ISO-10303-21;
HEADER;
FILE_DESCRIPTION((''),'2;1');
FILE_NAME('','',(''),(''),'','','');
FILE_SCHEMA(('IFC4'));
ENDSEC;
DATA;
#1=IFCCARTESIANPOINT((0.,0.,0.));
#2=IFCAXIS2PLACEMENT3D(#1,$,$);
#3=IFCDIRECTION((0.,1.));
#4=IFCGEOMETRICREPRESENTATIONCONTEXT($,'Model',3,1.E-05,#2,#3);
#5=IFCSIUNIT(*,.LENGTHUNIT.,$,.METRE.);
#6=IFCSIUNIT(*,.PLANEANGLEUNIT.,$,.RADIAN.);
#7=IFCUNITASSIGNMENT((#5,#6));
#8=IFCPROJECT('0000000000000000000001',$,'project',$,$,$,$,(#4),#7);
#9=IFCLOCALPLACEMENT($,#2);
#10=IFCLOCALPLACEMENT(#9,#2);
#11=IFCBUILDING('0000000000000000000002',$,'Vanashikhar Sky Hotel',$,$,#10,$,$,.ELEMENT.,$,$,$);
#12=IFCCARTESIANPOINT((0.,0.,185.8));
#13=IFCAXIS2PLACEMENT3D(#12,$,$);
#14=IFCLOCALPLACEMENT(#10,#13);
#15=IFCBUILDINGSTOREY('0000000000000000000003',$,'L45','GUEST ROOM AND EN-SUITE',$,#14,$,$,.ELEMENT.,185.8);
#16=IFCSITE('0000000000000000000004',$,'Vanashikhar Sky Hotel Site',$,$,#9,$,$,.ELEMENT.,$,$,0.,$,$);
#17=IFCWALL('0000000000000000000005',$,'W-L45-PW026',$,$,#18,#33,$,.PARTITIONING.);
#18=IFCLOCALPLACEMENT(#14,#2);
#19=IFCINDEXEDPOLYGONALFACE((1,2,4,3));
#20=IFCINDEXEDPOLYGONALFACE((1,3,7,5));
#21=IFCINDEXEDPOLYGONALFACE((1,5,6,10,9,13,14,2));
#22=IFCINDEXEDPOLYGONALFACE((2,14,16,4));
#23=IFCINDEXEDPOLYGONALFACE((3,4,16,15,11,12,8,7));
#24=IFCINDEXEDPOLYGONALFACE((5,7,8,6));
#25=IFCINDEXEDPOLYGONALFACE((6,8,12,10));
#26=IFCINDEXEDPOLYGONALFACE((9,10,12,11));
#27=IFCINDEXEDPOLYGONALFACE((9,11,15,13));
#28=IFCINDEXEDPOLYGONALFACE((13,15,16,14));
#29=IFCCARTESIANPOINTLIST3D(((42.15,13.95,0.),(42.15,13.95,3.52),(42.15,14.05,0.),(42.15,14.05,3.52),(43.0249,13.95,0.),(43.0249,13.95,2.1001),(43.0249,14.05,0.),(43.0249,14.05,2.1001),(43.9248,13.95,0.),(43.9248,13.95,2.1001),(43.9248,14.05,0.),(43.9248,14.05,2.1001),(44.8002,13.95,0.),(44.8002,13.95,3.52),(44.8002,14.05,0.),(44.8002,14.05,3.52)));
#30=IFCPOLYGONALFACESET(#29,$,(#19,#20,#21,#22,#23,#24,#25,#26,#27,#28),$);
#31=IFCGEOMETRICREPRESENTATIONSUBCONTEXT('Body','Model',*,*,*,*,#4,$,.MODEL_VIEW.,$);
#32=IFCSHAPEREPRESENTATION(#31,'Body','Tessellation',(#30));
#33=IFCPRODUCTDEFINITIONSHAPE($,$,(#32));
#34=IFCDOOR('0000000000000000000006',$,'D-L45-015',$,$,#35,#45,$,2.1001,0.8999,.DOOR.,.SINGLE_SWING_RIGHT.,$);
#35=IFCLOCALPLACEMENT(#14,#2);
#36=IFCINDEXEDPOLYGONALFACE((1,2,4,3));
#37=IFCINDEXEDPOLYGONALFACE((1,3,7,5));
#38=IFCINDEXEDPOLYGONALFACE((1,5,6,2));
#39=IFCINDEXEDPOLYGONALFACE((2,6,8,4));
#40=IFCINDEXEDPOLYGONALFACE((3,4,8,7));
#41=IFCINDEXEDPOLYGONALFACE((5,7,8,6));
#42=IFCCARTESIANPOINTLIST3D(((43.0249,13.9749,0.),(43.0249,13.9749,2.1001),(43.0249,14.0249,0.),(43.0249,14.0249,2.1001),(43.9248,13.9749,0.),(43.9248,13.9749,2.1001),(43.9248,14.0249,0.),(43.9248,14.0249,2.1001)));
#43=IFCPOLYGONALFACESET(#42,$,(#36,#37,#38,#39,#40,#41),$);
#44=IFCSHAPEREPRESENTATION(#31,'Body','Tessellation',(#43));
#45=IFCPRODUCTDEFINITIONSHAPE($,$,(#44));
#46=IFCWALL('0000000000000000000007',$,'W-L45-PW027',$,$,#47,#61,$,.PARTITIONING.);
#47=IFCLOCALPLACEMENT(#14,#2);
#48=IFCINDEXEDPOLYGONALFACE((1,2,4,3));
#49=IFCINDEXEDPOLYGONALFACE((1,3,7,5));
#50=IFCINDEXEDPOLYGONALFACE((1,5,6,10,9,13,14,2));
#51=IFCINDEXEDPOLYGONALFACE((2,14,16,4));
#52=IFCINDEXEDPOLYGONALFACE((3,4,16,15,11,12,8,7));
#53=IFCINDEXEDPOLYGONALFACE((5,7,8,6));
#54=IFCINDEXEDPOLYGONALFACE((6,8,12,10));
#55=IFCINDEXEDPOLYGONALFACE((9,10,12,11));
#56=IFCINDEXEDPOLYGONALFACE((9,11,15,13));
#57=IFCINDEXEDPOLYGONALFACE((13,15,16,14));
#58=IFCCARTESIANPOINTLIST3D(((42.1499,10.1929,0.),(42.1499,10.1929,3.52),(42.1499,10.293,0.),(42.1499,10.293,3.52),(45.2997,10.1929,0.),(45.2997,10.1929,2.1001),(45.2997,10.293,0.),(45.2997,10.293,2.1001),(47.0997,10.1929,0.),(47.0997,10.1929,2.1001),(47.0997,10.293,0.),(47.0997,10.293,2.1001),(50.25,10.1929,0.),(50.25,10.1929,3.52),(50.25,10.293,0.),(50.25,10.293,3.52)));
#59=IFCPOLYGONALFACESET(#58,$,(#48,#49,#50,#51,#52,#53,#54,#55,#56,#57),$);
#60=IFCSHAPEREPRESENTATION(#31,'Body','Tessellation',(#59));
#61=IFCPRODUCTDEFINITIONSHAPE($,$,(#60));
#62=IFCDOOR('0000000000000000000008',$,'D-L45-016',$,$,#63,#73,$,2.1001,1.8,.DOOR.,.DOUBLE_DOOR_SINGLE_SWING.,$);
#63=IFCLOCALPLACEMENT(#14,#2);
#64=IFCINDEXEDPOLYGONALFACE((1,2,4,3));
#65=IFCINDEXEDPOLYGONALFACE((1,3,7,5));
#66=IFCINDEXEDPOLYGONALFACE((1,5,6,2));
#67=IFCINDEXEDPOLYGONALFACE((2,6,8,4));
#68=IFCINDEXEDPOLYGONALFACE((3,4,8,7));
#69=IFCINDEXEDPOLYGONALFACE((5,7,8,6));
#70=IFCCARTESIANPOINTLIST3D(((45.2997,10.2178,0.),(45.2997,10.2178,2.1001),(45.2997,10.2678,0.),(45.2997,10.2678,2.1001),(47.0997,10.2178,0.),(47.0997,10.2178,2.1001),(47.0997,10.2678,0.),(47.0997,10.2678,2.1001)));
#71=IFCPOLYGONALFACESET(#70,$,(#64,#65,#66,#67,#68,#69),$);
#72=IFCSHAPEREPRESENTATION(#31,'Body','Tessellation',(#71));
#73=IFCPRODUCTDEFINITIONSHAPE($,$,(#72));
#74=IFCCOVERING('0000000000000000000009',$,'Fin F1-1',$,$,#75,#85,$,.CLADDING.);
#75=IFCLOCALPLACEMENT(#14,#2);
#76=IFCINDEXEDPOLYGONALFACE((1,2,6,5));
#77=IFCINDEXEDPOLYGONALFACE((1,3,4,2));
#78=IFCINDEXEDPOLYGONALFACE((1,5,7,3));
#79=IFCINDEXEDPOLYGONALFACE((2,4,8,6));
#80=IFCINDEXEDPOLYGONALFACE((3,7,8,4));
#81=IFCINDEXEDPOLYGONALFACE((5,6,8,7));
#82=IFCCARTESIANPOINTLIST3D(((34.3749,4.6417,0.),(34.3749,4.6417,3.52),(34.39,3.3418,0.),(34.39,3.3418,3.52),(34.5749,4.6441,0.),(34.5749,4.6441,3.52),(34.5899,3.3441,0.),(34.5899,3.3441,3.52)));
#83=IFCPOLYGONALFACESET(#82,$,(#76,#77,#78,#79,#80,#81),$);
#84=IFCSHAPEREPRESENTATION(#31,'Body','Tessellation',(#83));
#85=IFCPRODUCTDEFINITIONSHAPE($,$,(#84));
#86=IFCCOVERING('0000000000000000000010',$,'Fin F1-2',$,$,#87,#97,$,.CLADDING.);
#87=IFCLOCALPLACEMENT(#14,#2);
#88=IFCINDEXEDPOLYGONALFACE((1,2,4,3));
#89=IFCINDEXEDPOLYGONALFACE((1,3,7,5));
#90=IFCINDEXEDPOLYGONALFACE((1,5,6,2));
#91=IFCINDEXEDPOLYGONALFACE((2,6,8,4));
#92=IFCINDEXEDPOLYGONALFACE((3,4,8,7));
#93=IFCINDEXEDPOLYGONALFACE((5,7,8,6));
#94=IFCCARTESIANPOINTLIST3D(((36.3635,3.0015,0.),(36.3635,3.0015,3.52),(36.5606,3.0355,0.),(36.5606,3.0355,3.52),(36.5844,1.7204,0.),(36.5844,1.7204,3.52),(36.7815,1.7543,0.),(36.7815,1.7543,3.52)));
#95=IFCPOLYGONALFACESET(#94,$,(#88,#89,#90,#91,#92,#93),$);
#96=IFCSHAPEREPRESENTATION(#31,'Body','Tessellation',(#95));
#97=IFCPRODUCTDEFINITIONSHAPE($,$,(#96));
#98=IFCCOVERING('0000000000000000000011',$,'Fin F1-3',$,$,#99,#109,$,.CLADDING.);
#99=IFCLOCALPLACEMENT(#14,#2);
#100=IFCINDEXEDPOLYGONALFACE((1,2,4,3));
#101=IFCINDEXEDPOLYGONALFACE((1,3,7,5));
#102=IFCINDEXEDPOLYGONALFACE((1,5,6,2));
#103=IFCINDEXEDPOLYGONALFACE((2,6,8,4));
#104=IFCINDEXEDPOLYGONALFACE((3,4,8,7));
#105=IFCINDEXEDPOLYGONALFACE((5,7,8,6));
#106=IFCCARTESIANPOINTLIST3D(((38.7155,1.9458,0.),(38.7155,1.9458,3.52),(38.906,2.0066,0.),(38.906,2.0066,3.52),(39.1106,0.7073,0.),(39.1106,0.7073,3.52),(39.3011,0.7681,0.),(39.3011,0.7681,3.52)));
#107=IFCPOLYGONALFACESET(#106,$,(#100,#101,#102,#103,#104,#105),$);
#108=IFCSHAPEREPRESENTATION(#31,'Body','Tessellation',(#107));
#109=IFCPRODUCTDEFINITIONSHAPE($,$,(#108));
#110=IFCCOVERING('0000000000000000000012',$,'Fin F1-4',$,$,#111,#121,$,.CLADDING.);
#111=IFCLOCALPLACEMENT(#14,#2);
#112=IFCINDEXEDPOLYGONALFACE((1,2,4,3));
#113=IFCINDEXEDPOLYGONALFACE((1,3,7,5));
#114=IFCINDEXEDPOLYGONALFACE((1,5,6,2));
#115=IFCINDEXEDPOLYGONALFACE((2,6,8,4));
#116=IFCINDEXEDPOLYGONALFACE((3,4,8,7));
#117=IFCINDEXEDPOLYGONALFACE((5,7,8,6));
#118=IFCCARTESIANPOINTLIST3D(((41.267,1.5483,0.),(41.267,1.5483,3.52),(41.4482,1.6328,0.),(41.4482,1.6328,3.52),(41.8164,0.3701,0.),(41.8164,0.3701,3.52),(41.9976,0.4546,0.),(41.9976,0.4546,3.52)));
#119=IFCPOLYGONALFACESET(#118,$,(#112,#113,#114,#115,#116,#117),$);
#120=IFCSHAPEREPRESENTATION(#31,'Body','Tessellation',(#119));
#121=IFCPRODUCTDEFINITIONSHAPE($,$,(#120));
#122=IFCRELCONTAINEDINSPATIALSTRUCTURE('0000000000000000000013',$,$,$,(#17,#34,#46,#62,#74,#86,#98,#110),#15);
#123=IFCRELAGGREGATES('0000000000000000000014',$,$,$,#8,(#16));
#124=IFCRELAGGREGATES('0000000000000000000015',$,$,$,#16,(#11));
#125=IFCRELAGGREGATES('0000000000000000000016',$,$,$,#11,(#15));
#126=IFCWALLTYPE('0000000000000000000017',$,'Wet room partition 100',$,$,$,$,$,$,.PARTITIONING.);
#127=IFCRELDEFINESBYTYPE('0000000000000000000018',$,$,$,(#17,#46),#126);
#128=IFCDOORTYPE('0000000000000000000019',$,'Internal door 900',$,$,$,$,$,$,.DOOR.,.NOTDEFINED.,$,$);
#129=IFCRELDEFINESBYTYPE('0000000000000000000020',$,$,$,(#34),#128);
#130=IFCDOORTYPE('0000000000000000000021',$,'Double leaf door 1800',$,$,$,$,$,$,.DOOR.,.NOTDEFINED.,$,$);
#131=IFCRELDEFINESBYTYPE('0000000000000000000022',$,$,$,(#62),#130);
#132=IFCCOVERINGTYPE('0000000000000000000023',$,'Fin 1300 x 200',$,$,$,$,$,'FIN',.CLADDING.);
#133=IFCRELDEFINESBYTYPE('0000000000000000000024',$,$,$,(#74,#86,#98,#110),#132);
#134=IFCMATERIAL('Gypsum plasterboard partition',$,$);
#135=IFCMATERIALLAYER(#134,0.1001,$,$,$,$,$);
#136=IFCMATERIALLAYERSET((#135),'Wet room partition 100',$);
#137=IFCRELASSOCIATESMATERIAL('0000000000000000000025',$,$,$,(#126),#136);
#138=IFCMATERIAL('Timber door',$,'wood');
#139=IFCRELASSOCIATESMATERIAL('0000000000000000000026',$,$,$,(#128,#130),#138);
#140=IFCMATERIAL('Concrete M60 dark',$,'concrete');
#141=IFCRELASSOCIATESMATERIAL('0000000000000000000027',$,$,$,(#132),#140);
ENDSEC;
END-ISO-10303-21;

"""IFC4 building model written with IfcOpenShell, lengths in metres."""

from ifc_helpers import new_model, si_unit, direction, frame, frame_2d, origin, origin_2d, place, context, subcontext, project, spatial, rectangle, extrude, source, transform, mapped, material, layer, layer_set, material_profile, profile_set, type_object, element, fill, save


model = new_model("IFC4")

# Units and contexts
model_context = context("Model", 3, precision=1e-05, world=origin(), true_north=direction((0.0, 1.0)))
body_context = subcontext(model_context, "Body", "Model", "MODEL_VIEW")
ifc_project = project(units=[si_unit("LENGTHUNIT", "METRE"), si_unit("PLANEANGLEUNIT", "RADIAN")], contexts=[model_context])

# Site, building, storey
site_placement = place(None, origin())
site = spatial("IfcSite", under=ifc_project, at=site_placement, Name="Vanashikhar Sky Hotel Site", CompositionType="ELEMENT", RefElevation=0.0)
building_placement = place(site_placement, origin())
building = spatial("IfcBuilding", under=site, at=building_placement, Name="Vanashikhar Sky Hotel", CompositionType="ELEMENT")
storey_placement = place(building_placement, frame((0.0, 0.0, 185.8)))
storey = spatial("IfcBuildingStorey", under=building, at=storey_placement, Name="L45", Description="GUEST ROOM AND EN-SUITE", CompositionType="ELEMENT", Elevation=185.8)

# Shared definitions
ifc_material_1 = material(Name="Gypsum plasterboard partition")

# Shared definitions
ifc_layer_1 = layer(ifc_material_1, 0.1001)
ifc_layer_set_1 = layer_set([ifc_layer_1], Name="Wet room partition 100")
wall_type_1 = type_object("IfcWallType", Name="Wet room partition 100", PredefinedType="PARTITIONING", material=ifc_layer_set_1)
shared_shape_1 = source(origin(), body_context, "Body", "SweptSolid", [
    extrude(rectangle(XDim=0.8999, YDim=2.1001, at=frame_2d((0.45, 1.05))), frame((0.0, 0.0601, 0.0), z_axis=(0.0, -1.0, 0.0), x_axis=(1.0, 0.0, 0.0)), (0.0, 0.0, 1.0), 0.1201),
])
ifc_material_2 = material(Name="Timber door", Category="wood")
door_type_1 = type_object("IfcDoorType", Name="Internal door 900", OperationType="NOTDEFINED", PredefinedType="DOOR", material=ifc_material_2)
shared_shape_2 = source(origin(), body_context, "Body", "SweptSolid", [
    extrude(rectangle(XDim=0.8999, YDim=2.1001, at=frame_2d((0.45, 1.05))), frame((0.0, 0.0249, 0.0), z_axis=(0.0, -1.0, 0.0), x_axis=(1.0, 0.0, 0.0)), (0.0, 0.0, 1.0), 0.05),
])

# Walls, openings, doors
shared_shape_3 = source(origin(), body_context, "Body", "SweptSolid", [
    extrude(rectangle(XDim=2.6501, YDim=0.1001, at=frame_2d((1.3252, 0.0))), origin(), (0.0, 0.0, 1.0), 3.52),
])
wall_1_placement = place(storey_placement, frame((42.1499, 14.0, 0.0), z_axis=(0.0, 0.0, 1.0), x_axis=(1.0, 0.0, 0.0)))
wall_1 = element("IfcWall", 1, at=wall_1_placement, inside=storey, type_object=wall_type_1, Name="W-L45-PW026", PredefinedType="PARTITIONING", context=body_context, shape_type="MappedRepresentation", body=[
    mapped(shared_shape_3, transform((0.0, 0.0, 0.0), scale=1.0)),
])
opening_1_placement = place(wall_1_placement, frame((0.875, 0.0, 0.0)))
opening_1 = element("IfcOpeningElement", 2, at=opening_1_placement, cuts=wall_1, PredefinedType="OPENING", context=body_context, shape_type="MappedRepresentation", body=[
    mapped(shared_shape_1, transform((0.0, 0.0, 0.0), scale=1.0)),
])
door_1_placement = place(opening_1_placement, origin())
door_1 = element("IfcDoor", 3, at=door_1_placement, inside=storey, type_object=door_type_1, Name="D-L45-015", OperationType="SINGLE_SWING_RIGHT", OverallHeight=2.1001, OverallWidth=0.8999, PredefinedType="DOOR", context=body_context, shape_type="MappedRepresentation", body=[
    mapped(shared_shape_2, transform((0.0, 0.0, 0.0), scale=1.0)),
])
fill(opening_1, door_1)
shared_shape_4 = source(origin(), body_context, "Body", "SweptSolid", [
    extrude(rectangle(XDim=8.1001, YDim=0.1001, at=frame_2d((4.05, 0.0))), origin(), (0.0, 0.0, 1.0), 3.52),
])
wall_2_placement = place(storey_placement, frame((42.1499, 10.2429, 0.0), z_axis=(0.0, 0.0, 1.0), x_axis=(1.0, 0.0, 0.0)))
wall_2 = element("IfcWall", 4, at=wall_2_placement, inside=storey, type_object=wall_type_1, Name="W-L45-PW027", PredefinedType="PARTITIONING", context=body_context, shape_type="MappedRepresentation", body=[
    mapped(shared_shape_4, transform((0.0, 0.0, 0.0), scale=1.0)),
])
shared_shape_5 = source(origin(), body_context, "Body", "SweptSolid", [
    extrude(rectangle(XDim=1.8, YDim=2.1001, at=frame_2d((0.8999, 1.05))), frame((0.0, 0.0601, 0.0), z_axis=(0.0, -1.0, 0.0), x_axis=(1.0, 0.0, 0.0)), (0.0, 0.0, 1.0), 0.1201),
])
opening_2_placement = place(wall_2_placement, frame((3.1499, 0.0, 0.0)))
opening_2 = element("IfcOpeningElement", 5, at=opening_2_placement, cuts=wall_2, PredefinedType="OPENING", context=body_context, shape_type="MappedRepresentation", body=[
    mapped(shared_shape_5, transform((0.0, 0.0, 0.0), scale=1.0)),
])
door_type_2 = type_object("IfcDoorType", Name="Double leaf door 1800", OperationType="NOTDEFINED", PredefinedType="DOOR", material=ifc_material_2)
shared_shape_6 = source(origin(), body_context, "Body", "SweptSolid", [
    extrude(rectangle(XDim=1.8, YDim=2.1001, at=frame_2d((0.8999, 1.05))), frame((0.0, 0.0249, 0.0), z_axis=(0.0, -1.0, 0.0), x_axis=(1.0, 0.0, 0.0)), (0.0, 0.0, 1.0), 0.05),
])
door_2_placement = place(opening_2_placement, origin())
door_2 = element("IfcDoor", 6, at=door_2_placement, inside=storey, type_object=door_type_2, Name="D-L45-016", OperationType="DOUBLE_DOOR_SINGLE_SWING", OverallHeight=2.1001, OverallWidth=1.8, PredefinedType="DOOR", context=body_context, shape_type="MappedRepresentation", body=[
    mapped(shared_shape_6, transform((0.0, 0.0, 0.0), scale=1.0)),
])
fill(opening_2, door_2)

# Coverings
ifc_material_3 = material(Name="Concrete M60 dark", Category="concrete")
ifc_material_profile_1 = material_profile(ifc_material_3, rectangle(XDim=1.3, YDim=0.2, at=origin_2d()))
ifc_profile_set_1 = profile_set([ifc_material_profile_1], Name="Fin 1300 x 200")
covering_type = type_object("IfcCoveringType", Name="Fin 1300 x 200", ElementType="FIN", PredefinedType="CLADDING", material=ifc_profile_set_1)
shared_shape_7 = source(origin(), body_context, "Body", "SweptSolid", [
    extrude(rectangle(XDim=1.3, YDim=0.2, at=origin_2d()), origin(), (0.0, 0.0, 1.0), 3.52),
])
for number, where, z_axis, x_axis, name in (
    (7, (34.4824, 3.9929, 0.0), (0.0, 0.0, 1.0), (0.011589, -0.999933, 0.0), "Fin F1-1"),
    (8, (36.5725, 2.3779, 0.0), (0.0, 0.0, 1.0), (0.1699, -0.985461, 0.0), "Fin F1-2"),
    (9, (39.0083, 1.3569, 0.0), (0.0, 0.0, 1.0), (0.303967, -0.952683, 0.0), "Fin F1-3"),
    (10, (41.6323, 1.0015, 0.0), (0.0, 0.0, 1.0), (0.422618, -0.906308, 0.0), "Fin F1-4"),
):
    element("IfcCovering", number, at=place(storey_placement, frame(where, z_axis=z_axis, x_axis=x_axis)), inside=storey, type_object=covering_type, Name=name, PredefinedType="CLADDING", context=body_context, shape_type="MappedRepresentation", body=[
        mapped(shared_shape_7, transform((0.0, 0.0, 0.0), scale=1.0)),
    ])

save(model, "model.ifc")
